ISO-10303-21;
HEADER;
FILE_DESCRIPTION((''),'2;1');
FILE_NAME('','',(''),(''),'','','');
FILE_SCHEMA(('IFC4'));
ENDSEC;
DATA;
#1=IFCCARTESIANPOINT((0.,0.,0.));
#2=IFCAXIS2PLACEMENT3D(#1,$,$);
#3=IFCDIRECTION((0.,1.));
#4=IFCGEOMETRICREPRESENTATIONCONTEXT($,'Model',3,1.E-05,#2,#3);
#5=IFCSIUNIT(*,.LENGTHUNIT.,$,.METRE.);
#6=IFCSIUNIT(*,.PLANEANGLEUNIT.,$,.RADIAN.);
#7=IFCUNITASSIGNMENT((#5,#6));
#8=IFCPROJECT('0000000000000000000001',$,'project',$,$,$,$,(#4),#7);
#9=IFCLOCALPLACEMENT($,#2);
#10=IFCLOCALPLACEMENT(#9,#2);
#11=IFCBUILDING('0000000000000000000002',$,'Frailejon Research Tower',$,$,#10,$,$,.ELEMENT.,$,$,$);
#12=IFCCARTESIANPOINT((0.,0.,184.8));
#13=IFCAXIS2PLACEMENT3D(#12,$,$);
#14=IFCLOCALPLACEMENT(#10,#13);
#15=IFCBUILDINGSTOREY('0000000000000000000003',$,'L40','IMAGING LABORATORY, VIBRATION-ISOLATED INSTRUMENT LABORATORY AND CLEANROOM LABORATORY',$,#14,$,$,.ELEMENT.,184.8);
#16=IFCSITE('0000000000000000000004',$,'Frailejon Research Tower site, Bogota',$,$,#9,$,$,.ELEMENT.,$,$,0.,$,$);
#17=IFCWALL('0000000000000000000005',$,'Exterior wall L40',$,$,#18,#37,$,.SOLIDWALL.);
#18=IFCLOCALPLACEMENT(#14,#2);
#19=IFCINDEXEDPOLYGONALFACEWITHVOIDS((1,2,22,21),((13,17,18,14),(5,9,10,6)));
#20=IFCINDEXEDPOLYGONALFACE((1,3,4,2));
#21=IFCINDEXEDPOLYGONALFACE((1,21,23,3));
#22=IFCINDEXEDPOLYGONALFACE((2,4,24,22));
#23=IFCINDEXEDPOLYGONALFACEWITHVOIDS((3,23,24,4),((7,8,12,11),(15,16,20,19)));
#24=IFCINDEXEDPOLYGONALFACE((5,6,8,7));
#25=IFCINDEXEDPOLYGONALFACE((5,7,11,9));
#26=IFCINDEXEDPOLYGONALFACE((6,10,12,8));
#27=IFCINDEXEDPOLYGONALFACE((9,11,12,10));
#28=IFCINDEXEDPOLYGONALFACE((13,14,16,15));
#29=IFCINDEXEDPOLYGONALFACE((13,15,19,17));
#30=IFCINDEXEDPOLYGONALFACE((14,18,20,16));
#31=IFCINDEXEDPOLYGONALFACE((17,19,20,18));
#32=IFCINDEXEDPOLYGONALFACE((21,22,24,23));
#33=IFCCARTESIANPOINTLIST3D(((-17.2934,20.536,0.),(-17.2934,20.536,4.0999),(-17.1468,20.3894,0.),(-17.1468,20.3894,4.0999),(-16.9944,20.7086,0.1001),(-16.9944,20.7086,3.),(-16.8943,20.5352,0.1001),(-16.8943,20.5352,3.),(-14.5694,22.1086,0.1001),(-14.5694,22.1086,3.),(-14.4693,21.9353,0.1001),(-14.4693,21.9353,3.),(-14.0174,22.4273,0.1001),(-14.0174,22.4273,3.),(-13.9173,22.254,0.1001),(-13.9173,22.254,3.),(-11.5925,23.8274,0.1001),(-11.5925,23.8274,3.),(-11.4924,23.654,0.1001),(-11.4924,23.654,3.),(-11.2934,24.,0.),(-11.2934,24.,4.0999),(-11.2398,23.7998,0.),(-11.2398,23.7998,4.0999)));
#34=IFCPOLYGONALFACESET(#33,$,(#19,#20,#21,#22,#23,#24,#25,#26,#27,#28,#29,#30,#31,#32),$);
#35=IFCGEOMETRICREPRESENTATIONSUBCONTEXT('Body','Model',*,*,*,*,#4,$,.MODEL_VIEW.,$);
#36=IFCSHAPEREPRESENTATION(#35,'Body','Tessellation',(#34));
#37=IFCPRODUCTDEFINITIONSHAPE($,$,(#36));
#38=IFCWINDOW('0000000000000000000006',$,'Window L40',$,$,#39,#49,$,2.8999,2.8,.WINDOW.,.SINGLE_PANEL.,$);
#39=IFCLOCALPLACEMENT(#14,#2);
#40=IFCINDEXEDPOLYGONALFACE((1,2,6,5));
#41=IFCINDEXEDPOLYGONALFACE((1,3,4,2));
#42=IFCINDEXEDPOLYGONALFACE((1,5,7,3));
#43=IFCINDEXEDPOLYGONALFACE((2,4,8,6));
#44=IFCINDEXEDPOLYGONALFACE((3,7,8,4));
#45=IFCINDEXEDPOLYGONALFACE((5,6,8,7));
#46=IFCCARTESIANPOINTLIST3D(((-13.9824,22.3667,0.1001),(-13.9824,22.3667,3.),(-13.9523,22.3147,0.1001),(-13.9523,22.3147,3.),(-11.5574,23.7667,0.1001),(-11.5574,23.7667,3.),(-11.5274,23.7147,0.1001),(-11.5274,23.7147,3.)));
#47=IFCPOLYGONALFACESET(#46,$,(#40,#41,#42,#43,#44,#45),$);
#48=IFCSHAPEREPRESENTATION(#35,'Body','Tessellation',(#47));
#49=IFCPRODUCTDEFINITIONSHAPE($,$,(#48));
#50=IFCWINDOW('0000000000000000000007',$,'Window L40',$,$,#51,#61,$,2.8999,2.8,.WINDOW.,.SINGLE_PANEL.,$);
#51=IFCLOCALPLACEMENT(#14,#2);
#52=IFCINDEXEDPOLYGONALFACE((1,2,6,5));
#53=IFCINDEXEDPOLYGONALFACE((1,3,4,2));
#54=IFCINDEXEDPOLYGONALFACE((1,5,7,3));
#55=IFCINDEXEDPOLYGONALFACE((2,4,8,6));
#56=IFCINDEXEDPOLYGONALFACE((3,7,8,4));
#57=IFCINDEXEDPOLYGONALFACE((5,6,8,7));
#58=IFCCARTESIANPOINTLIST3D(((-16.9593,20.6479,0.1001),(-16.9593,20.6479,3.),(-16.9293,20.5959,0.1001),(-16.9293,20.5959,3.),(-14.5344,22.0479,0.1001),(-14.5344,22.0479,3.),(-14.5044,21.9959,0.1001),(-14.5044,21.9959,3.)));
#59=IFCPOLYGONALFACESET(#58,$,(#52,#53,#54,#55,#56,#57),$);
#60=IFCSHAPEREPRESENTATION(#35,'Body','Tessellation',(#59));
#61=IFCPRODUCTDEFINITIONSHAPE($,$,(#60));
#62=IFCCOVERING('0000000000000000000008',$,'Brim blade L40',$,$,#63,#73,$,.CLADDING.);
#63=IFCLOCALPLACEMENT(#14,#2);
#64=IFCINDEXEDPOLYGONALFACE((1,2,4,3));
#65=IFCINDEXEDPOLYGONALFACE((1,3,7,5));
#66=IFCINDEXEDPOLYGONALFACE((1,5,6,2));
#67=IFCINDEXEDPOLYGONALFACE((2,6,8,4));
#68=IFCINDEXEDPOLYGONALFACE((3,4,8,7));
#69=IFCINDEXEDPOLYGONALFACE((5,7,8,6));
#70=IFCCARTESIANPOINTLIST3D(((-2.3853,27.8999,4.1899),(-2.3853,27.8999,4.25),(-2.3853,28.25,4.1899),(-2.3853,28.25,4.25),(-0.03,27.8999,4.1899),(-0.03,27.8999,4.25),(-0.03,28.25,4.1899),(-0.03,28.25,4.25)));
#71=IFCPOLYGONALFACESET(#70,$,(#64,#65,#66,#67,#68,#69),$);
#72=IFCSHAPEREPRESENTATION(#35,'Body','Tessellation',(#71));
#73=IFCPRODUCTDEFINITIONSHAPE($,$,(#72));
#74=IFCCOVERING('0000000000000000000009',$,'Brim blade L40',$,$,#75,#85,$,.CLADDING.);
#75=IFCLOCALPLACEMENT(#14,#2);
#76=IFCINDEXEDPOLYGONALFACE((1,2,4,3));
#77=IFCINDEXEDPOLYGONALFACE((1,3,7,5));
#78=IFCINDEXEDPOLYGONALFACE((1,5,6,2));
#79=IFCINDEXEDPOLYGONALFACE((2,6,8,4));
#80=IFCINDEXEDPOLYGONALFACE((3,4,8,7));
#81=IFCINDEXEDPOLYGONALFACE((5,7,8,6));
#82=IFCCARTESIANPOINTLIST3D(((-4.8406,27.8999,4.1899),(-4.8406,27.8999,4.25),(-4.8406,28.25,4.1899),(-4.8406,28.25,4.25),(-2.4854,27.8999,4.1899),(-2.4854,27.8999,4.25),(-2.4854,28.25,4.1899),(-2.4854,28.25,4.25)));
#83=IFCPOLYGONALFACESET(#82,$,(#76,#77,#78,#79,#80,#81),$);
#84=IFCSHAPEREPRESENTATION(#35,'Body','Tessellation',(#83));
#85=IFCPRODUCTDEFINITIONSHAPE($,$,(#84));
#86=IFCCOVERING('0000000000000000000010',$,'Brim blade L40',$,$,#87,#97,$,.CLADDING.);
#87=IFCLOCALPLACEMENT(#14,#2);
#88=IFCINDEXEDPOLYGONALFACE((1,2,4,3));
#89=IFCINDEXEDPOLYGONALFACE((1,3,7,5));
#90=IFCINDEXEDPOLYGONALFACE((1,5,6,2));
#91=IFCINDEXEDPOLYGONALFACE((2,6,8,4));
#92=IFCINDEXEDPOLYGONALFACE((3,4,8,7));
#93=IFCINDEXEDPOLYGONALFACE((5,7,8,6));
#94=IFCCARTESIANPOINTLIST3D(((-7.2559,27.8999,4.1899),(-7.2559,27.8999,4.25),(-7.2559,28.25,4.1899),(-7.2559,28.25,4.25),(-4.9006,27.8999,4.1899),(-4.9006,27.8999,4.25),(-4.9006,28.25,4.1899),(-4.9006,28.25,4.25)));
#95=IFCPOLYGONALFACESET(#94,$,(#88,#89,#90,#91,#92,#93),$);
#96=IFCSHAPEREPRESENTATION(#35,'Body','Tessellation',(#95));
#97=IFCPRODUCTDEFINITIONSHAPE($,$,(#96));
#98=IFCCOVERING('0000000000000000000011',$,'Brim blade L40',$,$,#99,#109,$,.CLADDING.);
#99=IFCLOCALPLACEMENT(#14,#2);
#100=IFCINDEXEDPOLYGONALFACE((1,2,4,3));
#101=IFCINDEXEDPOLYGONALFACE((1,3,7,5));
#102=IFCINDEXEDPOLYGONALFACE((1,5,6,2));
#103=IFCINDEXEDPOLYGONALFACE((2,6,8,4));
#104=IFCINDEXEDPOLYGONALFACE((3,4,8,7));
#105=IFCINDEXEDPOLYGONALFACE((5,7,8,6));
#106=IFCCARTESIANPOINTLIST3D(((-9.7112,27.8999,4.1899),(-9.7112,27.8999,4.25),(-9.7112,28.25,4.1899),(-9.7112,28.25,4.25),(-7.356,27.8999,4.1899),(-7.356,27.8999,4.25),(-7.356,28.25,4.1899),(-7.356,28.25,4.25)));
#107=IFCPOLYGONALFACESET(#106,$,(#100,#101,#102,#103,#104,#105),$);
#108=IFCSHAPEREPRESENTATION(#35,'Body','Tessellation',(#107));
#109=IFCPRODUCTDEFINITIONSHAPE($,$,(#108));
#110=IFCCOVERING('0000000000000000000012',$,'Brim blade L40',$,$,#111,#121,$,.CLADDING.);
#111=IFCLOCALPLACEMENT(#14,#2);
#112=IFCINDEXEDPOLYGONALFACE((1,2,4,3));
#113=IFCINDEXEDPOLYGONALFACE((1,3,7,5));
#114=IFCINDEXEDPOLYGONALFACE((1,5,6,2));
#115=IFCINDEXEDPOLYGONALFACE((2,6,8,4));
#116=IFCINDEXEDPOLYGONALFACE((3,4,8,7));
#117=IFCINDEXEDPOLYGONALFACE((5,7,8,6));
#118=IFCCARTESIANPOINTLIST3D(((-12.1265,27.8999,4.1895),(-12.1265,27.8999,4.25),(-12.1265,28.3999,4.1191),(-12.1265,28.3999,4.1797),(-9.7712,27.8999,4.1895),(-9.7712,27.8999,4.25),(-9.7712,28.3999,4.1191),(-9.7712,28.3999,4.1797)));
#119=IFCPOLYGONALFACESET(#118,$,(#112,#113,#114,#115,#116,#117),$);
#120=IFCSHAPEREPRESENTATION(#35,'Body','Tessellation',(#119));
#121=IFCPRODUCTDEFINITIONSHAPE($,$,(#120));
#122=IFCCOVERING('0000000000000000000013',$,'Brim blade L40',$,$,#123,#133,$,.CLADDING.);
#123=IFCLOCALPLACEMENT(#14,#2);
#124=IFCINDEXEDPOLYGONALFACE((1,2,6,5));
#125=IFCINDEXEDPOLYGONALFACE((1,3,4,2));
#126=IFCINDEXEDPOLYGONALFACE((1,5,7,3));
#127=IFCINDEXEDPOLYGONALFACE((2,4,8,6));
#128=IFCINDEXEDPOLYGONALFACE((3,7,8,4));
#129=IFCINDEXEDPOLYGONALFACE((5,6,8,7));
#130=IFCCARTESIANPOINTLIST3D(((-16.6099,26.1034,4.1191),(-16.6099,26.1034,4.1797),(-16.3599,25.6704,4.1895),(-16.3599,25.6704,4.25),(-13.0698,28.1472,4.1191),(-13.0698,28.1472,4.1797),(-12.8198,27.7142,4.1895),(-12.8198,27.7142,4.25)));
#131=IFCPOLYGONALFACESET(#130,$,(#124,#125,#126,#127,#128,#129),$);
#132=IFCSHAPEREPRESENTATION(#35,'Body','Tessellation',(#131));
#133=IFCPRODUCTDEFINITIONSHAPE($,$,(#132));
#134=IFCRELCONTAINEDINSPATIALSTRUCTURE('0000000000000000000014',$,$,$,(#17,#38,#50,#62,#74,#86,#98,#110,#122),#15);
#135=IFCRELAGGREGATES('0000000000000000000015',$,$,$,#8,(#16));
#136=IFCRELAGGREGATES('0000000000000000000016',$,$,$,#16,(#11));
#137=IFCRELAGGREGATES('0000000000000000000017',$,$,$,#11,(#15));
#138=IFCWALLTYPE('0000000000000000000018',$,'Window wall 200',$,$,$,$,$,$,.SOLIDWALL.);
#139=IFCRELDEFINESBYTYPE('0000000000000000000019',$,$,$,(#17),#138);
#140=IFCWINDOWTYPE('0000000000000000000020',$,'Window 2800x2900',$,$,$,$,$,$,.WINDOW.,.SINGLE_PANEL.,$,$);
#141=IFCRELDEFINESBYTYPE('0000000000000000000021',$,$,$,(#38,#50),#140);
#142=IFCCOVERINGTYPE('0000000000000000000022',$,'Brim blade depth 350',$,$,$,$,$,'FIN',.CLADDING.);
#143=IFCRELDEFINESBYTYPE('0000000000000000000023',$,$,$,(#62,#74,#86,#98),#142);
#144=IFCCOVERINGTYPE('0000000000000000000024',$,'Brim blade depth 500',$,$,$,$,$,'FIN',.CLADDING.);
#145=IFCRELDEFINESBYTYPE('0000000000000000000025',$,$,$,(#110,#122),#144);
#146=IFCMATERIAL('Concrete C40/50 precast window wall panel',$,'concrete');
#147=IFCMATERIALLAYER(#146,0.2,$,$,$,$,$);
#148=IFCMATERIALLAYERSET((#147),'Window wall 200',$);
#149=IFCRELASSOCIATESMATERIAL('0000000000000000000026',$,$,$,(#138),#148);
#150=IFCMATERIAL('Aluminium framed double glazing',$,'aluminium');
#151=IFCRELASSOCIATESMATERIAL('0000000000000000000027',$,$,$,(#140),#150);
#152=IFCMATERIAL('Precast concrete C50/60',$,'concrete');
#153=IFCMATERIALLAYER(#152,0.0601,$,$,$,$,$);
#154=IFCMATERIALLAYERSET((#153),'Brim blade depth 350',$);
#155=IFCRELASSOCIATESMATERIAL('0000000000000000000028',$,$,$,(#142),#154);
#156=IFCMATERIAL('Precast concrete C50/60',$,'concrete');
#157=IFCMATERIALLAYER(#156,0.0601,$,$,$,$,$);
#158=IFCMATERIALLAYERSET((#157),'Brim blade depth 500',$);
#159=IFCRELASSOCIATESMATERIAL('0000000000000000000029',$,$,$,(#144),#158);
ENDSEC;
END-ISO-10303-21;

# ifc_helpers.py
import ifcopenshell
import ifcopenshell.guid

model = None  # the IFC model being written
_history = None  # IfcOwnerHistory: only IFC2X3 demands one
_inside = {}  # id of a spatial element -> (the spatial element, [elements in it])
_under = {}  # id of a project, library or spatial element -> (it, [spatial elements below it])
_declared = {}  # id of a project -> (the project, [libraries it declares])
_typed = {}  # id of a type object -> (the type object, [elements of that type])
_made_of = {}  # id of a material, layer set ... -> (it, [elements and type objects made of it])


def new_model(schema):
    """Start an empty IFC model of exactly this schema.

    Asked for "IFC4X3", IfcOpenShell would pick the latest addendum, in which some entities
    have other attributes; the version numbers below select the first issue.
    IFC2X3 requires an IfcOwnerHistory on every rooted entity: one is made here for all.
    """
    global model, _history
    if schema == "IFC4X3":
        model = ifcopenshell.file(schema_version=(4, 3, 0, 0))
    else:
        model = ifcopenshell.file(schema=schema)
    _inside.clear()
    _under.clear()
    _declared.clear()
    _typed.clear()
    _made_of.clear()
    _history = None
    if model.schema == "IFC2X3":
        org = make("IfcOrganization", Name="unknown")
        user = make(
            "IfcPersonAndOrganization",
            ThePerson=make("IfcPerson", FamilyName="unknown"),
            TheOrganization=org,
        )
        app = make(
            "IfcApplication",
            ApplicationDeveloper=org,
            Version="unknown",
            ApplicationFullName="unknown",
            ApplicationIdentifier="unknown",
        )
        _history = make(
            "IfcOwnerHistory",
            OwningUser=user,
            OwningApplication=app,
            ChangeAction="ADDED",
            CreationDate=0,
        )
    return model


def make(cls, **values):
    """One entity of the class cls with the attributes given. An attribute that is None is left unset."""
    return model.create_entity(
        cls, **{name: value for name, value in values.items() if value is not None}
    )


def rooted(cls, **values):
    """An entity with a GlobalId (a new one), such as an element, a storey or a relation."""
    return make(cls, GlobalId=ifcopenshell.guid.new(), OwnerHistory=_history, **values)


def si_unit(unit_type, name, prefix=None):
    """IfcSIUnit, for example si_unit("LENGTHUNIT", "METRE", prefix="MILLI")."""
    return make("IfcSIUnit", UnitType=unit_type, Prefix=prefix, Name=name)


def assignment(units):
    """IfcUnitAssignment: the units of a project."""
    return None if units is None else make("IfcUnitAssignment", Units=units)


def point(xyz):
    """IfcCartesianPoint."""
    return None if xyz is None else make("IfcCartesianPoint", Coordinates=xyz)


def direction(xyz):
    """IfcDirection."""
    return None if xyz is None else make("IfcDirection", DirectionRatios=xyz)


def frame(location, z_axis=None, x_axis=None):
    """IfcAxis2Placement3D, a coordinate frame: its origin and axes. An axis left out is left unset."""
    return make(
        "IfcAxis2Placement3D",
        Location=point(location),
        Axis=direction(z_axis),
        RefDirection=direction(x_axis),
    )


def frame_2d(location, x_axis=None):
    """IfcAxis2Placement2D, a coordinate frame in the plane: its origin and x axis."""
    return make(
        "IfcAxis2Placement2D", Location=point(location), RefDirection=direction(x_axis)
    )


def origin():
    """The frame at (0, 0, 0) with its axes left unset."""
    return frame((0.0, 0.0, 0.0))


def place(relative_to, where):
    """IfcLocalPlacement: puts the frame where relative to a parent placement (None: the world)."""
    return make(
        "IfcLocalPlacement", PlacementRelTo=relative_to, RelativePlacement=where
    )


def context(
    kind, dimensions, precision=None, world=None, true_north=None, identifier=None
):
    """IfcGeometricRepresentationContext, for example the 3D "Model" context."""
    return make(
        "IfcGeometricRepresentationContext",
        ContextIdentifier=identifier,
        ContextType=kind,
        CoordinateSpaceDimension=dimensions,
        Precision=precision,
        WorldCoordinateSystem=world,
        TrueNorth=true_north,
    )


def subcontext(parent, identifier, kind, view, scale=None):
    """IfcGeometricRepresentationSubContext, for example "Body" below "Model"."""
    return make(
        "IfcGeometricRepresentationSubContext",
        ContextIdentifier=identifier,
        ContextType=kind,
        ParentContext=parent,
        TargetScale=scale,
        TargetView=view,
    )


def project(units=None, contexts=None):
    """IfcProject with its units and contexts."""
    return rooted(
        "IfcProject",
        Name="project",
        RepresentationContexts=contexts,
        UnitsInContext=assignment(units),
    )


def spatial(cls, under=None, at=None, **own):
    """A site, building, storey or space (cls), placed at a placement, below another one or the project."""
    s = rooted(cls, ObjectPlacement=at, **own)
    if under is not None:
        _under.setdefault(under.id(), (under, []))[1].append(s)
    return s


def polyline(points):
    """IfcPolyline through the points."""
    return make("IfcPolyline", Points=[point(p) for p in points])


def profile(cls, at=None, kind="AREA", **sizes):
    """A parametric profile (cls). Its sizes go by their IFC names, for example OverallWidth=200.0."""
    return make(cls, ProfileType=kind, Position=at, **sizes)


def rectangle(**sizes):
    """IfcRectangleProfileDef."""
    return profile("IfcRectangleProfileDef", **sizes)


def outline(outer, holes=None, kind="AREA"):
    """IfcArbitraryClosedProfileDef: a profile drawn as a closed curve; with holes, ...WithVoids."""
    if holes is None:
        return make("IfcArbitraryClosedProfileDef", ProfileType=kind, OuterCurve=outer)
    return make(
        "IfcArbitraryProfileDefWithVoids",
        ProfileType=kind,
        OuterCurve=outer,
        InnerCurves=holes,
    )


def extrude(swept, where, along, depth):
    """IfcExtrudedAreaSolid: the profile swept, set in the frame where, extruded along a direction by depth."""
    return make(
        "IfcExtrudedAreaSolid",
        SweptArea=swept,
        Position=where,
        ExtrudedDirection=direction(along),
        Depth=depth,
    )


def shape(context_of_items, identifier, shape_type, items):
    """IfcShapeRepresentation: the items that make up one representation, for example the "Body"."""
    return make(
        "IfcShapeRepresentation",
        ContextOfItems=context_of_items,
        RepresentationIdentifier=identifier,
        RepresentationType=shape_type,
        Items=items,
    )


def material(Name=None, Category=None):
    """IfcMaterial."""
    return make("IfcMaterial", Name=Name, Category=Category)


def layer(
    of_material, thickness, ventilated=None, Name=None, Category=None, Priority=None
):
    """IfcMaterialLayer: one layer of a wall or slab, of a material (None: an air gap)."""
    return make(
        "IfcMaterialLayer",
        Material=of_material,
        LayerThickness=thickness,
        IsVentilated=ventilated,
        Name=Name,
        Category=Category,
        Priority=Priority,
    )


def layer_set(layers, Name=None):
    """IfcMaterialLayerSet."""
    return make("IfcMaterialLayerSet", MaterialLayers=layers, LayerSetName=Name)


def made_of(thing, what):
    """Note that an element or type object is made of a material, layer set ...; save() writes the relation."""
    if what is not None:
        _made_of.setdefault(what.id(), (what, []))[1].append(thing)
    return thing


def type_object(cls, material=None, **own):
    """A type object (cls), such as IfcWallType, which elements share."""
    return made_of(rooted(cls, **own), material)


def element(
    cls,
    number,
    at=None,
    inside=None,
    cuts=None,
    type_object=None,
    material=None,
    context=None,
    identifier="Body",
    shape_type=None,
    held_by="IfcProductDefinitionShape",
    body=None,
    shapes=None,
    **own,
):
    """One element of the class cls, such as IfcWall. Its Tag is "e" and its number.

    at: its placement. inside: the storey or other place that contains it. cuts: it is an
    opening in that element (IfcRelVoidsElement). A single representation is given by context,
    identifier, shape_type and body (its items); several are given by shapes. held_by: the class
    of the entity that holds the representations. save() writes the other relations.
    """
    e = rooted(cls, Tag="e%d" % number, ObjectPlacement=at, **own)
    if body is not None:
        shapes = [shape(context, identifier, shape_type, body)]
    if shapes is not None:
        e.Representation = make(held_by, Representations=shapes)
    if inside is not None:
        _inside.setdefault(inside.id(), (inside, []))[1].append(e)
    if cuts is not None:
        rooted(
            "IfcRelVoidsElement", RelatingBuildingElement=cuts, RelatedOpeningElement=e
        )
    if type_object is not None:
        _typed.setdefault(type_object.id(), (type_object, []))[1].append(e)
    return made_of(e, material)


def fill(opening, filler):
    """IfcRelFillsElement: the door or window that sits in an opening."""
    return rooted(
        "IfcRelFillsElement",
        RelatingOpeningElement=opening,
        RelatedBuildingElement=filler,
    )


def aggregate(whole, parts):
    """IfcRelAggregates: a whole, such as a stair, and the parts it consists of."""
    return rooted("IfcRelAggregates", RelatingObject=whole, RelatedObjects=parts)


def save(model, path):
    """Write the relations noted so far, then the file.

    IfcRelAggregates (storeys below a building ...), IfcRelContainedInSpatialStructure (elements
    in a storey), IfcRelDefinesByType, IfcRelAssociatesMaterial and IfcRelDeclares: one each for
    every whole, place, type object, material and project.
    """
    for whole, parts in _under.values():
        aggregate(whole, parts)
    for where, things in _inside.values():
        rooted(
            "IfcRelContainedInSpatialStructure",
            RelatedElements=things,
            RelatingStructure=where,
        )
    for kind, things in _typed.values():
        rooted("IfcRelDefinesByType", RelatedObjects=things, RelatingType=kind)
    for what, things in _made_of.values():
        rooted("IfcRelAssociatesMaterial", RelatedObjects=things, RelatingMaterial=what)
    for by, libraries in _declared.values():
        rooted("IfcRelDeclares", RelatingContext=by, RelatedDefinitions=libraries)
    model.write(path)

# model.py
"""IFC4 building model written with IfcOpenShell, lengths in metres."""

from ifc_helpers import new_model, si_unit, direction, frame, frame_2d, origin, place, context, subcontext, project, spatial, polyline, rectangle, outline, extrude, material, layer, layer_set, type_object, element, fill, save


model = new_model("IFC4")

# Units and contexts
model_context = context("Model", 3, precision=1e-05, world=origin(), true_north=direction((0.0, 1.0)))
body_context = subcontext(model_context, "Body", "Model", "MODEL_VIEW")
ifc_project = project(units=[si_unit("LENGTHUNIT", "METRE"), si_unit("PLANEANGLEUNIT", "RADIAN")], contexts=[model_context])

# Site, building, storey
site_placement = place(None, origin())
site = spatial("IfcSite", under=ifc_project, at=site_placement, Name="Frailejon Research Tower site, Bogota", CompositionType="ELEMENT", RefElevation=0.0)
building_placement = place(site_placement, origin())
building = spatial("IfcBuilding", under=site, at=building_placement, Name="Frailejon Research Tower", CompositionType="ELEMENT")
storey_placement = place(building_placement, frame((0.0, 0.0, 184.8)))
storey = spatial("IfcBuildingStorey", under=building, at=storey_placement, Name="L40", Description="IMAGING LABORATORY, VIBRATION-ISOLATED INSTRUMENT LABORATORY AND CLEANROOM LABORATORY", CompositionType="ELEMENT", Elevation=184.8)

# Wall, openings, windows
ifc_material_1 = material(Name="Concrete C40/50 precast window wall panel", Category="concrete")
ifc_layer_1 = layer(ifc_material_1, 0.2)
ifc_layer_set_1 = layer_set([ifc_layer_1], Name="Window wall 200")
wall_type = type_object("IfcWallType", Name="Window wall 200", PredefinedType="SOLIDWALL", material=ifc_layer_set_1)
wall_placement = place(storey_placement, frame((-11.2666, 23.8999, 0.0), z_axis=(0.0, 0.0, 1.0), x_axis=(-0.866029, -0.499993, 0.0)))
wall = element("IfcWall", 1, at=wall_placement, inside=storey, type_object=wall_type, Name="Exterior wall L40", PredefinedType="SOLIDWALL", context=body_context, shape_type="SweptSolid", body=[
    extrude(outline(polyline([(-0.0269, -0.1001), (1.1279, -0.1001), (2.2825, -0.1001), (3.4373, -0.1001), (4.592, -0.1001), (5.7466, -0.1001), (6.9014, -0.1001), (6.8477, 0.1001), (5.7109, 0.1001), (4.574, 0.1001), (3.4373, 0.1001), (2.3005, 0.1001), (1.1636, 0.1001), (0.0269, 0.1001), (-0.0269, -0.1001)])), origin(), (0.0, 0.0, 1.0), 4.0999),
])
opening_1_placement = place(wall_placement, frame((0.3186, 0.0, 0.1001)))
opening_1 = element("IfcOpeningElement", 2, at=opening_1_placement, cuts=wall, PredefinedType="OPENING", context=body_context, shape_type="SweptSolid", body=[
    extrude(rectangle(XDim=2.8, YDim=2.8999, at=frame_2d((1.3999, 1.45))), frame((0.0, 0.1099, 0.0), z_axis=(0.0, -1.0, 0.0), x_axis=(1.0, 0.0, 0.0)), (0.0, 0.0, 1.0), 0.22),
])
opening_2_placement = place(wall_placement, frame((3.7561, 0.0, 0.1001)))
opening_2 = element("IfcOpeningElement", 3, at=opening_2_placement, cuts=wall, PredefinedType="OPENING", context=body_context, shape_type="SweptSolid", body=[
    extrude(rectangle(XDim=2.8, YDim=2.8999, at=frame_2d((1.3999, 1.45))), frame((0.0, 0.1099, 0.0), z_axis=(0.0, -1.0, 0.0), x_axis=(1.0, 0.0, 0.0)), (0.0, 0.0, 1.0), 0.22),
])
ifc_material_2 = material(Name="Aluminium framed double glazing", Category="aluminium")
window_type = type_object("IfcWindowType", Name="Window 2800x2900", PartitioningType="SINGLE_PANEL", PredefinedType="WINDOW", material=ifc_material_2)
window_1_placement = place(opening_1_placement, origin())
window_1 = element("IfcWindow", 4, at=window_1_placement, inside=storey, type_object=window_type, Name="Window L40", OverallHeight=2.8999, OverallWidth=2.8, PartitioningType="SINGLE_PANEL", PredefinedType="WINDOW", context=body_context, shape_type="SweptSolid", body=[
    extrude(rectangle(XDim=2.8, YDim=2.8999, at=frame_2d((1.3999, 1.45))), frame((0.0, 0.03, 0.0), z_axis=(0.0, -1.0, 0.0), x_axis=(1.0, 0.0, 0.0)), (0.0, 0.0, 1.0), 0.0601),
])
fill(opening_1, window_1)
window_2_placement = place(opening_2_placement, origin())
window_2 = element("IfcWindow", 5, at=window_2_placement, inside=storey, type_object=window_type, Name="Window L40", OverallHeight=2.8999, OverallWidth=2.8, PartitioningType="SINGLE_PANEL", PredefinedType="WINDOW", context=body_context, shape_type="SweptSolid", body=[
    extrude(rectangle(XDim=2.8, YDim=2.8999, at=frame_2d((1.3999, 1.45))), frame((0.0, 0.03, 0.0), z_axis=(0.0, -1.0, 0.0), x_axis=(1.0, 0.0, 0.0)), (0.0, 0.0, 1.0), 0.0601),
])
fill(opening_2, window_2)

# Coverings
ifc_material_3 = material(Name="Precast concrete C50/60", Category="concrete")
ifc_layer_2 = layer(ifc_material_3, 0.0601)
ifc_layer_set_2 = layer_set([ifc_layer_2], Name="Brim blade depth 350")
covering_type_1 = type_object("IfcCoveringType", Name="Brim blade depth 350", ElementType="FIN", PredefinedType="CLADDING", material=ifc_layer_set_2)
for number, where, z_axis, x_axis, name in (
    (6, (-2.3853, 27.8999, 4.25), (1.0, 0.0, 0.0), (0.0, 1.0, 0.0), "Brim blade L40"),
    (7, (-4.8406, 27.8999, 4.25), (1.0, 0.0, 0.0), (0.0, 1.0, 0.0), "Brim blade L40"),
    (8, (-7.2559, 27.8999, 4.25), (1.0, 0.0, 0.0), (0.0, 1.0, 0.0), "Brim blade L40"),
    (9, (-9.7112, 27.8999, 4.25), (1.0, 0.0, 0.0), (0.0, 1.0, 0.0), "Brim blade L40"),
):
    element("IfcCovering", number, at=place(storey_placement, frame(where, z_axis=z_axis, x_axis=x_axis)), inside=storey, type_object=covering_type_1, Name=name, PredefinedType="CLADDING", context=body_context, shape_type="SweptSolid", body=[
        extrude(outline(polyline([(0.0, -0.0601), (0.3501, -0.0601), (0.3501, 0.0), (0.0, 0.0), (0.0, -0.0601)])), origin(), (0.0, 0.0, 1.0), 2.3552),
    ])
ifc_material_4 = material(Name="Precast concrete C50/60", Category="concrete")
ifc_layer_3 = layer(ifc_material_4, 0.0601)
ifc_layer_set_3 = layer_set([ifc_layer_3], Name="Brim blade depth 500")
covering_type_2 = type_object("IfcCoveringType", Name="Brim blade depth 500", ElementType="FIN", PredefinedType="CLADDING", material=ifc_layer_set_3)
covering_1_placement = place(storey_placement, frame((-12.1265, 27.8999, 4.25), z_axis=(1.0, 0.0, 0.0), x_axis=(0.0, 1.0, 0.0)))
element("IfcCovering", 10, at=covering_1_placement, inside=storey, type_object=covering_type_2, Name="Brim blade L40", PredefinedType="CLADDING", context=body_context, shape_type="SweptSolid", body=[
    extrude(outline(polyline([(0.0, -0.0605), (0.5, -0.1309), (0.5, -0.0703), (0.0, 0.0), (0.0, -0.0605)])), origin(), (0.0, 0.0, 1.0), 2.3552),
])
covering_2_placement = place(storey_placement, frame((-16.3599, 25.6704, 4.25), z_axis=(0.866027, 0.499997, 0.0), x_axis=(-0.499997, 0.866027, 0.0)))
element("IfcCovering", 11, at=covering_2_placement, inside=storey, type_object=covering_type_2, Name="Brim blade L40", PredefinedType="CLADDING", context=body_context, shape_type="SweptSolid", body=[
    extrude(outline(polyline([(0.0, -0.0605), (0.5, -0.1309), (0.5, -0.0703), (0.0, 0.0), (0.0, -0.0605)])), origin(), (0.0, 0.0, 1.0), 4.0876),
])

save(model, "model.ifc")
